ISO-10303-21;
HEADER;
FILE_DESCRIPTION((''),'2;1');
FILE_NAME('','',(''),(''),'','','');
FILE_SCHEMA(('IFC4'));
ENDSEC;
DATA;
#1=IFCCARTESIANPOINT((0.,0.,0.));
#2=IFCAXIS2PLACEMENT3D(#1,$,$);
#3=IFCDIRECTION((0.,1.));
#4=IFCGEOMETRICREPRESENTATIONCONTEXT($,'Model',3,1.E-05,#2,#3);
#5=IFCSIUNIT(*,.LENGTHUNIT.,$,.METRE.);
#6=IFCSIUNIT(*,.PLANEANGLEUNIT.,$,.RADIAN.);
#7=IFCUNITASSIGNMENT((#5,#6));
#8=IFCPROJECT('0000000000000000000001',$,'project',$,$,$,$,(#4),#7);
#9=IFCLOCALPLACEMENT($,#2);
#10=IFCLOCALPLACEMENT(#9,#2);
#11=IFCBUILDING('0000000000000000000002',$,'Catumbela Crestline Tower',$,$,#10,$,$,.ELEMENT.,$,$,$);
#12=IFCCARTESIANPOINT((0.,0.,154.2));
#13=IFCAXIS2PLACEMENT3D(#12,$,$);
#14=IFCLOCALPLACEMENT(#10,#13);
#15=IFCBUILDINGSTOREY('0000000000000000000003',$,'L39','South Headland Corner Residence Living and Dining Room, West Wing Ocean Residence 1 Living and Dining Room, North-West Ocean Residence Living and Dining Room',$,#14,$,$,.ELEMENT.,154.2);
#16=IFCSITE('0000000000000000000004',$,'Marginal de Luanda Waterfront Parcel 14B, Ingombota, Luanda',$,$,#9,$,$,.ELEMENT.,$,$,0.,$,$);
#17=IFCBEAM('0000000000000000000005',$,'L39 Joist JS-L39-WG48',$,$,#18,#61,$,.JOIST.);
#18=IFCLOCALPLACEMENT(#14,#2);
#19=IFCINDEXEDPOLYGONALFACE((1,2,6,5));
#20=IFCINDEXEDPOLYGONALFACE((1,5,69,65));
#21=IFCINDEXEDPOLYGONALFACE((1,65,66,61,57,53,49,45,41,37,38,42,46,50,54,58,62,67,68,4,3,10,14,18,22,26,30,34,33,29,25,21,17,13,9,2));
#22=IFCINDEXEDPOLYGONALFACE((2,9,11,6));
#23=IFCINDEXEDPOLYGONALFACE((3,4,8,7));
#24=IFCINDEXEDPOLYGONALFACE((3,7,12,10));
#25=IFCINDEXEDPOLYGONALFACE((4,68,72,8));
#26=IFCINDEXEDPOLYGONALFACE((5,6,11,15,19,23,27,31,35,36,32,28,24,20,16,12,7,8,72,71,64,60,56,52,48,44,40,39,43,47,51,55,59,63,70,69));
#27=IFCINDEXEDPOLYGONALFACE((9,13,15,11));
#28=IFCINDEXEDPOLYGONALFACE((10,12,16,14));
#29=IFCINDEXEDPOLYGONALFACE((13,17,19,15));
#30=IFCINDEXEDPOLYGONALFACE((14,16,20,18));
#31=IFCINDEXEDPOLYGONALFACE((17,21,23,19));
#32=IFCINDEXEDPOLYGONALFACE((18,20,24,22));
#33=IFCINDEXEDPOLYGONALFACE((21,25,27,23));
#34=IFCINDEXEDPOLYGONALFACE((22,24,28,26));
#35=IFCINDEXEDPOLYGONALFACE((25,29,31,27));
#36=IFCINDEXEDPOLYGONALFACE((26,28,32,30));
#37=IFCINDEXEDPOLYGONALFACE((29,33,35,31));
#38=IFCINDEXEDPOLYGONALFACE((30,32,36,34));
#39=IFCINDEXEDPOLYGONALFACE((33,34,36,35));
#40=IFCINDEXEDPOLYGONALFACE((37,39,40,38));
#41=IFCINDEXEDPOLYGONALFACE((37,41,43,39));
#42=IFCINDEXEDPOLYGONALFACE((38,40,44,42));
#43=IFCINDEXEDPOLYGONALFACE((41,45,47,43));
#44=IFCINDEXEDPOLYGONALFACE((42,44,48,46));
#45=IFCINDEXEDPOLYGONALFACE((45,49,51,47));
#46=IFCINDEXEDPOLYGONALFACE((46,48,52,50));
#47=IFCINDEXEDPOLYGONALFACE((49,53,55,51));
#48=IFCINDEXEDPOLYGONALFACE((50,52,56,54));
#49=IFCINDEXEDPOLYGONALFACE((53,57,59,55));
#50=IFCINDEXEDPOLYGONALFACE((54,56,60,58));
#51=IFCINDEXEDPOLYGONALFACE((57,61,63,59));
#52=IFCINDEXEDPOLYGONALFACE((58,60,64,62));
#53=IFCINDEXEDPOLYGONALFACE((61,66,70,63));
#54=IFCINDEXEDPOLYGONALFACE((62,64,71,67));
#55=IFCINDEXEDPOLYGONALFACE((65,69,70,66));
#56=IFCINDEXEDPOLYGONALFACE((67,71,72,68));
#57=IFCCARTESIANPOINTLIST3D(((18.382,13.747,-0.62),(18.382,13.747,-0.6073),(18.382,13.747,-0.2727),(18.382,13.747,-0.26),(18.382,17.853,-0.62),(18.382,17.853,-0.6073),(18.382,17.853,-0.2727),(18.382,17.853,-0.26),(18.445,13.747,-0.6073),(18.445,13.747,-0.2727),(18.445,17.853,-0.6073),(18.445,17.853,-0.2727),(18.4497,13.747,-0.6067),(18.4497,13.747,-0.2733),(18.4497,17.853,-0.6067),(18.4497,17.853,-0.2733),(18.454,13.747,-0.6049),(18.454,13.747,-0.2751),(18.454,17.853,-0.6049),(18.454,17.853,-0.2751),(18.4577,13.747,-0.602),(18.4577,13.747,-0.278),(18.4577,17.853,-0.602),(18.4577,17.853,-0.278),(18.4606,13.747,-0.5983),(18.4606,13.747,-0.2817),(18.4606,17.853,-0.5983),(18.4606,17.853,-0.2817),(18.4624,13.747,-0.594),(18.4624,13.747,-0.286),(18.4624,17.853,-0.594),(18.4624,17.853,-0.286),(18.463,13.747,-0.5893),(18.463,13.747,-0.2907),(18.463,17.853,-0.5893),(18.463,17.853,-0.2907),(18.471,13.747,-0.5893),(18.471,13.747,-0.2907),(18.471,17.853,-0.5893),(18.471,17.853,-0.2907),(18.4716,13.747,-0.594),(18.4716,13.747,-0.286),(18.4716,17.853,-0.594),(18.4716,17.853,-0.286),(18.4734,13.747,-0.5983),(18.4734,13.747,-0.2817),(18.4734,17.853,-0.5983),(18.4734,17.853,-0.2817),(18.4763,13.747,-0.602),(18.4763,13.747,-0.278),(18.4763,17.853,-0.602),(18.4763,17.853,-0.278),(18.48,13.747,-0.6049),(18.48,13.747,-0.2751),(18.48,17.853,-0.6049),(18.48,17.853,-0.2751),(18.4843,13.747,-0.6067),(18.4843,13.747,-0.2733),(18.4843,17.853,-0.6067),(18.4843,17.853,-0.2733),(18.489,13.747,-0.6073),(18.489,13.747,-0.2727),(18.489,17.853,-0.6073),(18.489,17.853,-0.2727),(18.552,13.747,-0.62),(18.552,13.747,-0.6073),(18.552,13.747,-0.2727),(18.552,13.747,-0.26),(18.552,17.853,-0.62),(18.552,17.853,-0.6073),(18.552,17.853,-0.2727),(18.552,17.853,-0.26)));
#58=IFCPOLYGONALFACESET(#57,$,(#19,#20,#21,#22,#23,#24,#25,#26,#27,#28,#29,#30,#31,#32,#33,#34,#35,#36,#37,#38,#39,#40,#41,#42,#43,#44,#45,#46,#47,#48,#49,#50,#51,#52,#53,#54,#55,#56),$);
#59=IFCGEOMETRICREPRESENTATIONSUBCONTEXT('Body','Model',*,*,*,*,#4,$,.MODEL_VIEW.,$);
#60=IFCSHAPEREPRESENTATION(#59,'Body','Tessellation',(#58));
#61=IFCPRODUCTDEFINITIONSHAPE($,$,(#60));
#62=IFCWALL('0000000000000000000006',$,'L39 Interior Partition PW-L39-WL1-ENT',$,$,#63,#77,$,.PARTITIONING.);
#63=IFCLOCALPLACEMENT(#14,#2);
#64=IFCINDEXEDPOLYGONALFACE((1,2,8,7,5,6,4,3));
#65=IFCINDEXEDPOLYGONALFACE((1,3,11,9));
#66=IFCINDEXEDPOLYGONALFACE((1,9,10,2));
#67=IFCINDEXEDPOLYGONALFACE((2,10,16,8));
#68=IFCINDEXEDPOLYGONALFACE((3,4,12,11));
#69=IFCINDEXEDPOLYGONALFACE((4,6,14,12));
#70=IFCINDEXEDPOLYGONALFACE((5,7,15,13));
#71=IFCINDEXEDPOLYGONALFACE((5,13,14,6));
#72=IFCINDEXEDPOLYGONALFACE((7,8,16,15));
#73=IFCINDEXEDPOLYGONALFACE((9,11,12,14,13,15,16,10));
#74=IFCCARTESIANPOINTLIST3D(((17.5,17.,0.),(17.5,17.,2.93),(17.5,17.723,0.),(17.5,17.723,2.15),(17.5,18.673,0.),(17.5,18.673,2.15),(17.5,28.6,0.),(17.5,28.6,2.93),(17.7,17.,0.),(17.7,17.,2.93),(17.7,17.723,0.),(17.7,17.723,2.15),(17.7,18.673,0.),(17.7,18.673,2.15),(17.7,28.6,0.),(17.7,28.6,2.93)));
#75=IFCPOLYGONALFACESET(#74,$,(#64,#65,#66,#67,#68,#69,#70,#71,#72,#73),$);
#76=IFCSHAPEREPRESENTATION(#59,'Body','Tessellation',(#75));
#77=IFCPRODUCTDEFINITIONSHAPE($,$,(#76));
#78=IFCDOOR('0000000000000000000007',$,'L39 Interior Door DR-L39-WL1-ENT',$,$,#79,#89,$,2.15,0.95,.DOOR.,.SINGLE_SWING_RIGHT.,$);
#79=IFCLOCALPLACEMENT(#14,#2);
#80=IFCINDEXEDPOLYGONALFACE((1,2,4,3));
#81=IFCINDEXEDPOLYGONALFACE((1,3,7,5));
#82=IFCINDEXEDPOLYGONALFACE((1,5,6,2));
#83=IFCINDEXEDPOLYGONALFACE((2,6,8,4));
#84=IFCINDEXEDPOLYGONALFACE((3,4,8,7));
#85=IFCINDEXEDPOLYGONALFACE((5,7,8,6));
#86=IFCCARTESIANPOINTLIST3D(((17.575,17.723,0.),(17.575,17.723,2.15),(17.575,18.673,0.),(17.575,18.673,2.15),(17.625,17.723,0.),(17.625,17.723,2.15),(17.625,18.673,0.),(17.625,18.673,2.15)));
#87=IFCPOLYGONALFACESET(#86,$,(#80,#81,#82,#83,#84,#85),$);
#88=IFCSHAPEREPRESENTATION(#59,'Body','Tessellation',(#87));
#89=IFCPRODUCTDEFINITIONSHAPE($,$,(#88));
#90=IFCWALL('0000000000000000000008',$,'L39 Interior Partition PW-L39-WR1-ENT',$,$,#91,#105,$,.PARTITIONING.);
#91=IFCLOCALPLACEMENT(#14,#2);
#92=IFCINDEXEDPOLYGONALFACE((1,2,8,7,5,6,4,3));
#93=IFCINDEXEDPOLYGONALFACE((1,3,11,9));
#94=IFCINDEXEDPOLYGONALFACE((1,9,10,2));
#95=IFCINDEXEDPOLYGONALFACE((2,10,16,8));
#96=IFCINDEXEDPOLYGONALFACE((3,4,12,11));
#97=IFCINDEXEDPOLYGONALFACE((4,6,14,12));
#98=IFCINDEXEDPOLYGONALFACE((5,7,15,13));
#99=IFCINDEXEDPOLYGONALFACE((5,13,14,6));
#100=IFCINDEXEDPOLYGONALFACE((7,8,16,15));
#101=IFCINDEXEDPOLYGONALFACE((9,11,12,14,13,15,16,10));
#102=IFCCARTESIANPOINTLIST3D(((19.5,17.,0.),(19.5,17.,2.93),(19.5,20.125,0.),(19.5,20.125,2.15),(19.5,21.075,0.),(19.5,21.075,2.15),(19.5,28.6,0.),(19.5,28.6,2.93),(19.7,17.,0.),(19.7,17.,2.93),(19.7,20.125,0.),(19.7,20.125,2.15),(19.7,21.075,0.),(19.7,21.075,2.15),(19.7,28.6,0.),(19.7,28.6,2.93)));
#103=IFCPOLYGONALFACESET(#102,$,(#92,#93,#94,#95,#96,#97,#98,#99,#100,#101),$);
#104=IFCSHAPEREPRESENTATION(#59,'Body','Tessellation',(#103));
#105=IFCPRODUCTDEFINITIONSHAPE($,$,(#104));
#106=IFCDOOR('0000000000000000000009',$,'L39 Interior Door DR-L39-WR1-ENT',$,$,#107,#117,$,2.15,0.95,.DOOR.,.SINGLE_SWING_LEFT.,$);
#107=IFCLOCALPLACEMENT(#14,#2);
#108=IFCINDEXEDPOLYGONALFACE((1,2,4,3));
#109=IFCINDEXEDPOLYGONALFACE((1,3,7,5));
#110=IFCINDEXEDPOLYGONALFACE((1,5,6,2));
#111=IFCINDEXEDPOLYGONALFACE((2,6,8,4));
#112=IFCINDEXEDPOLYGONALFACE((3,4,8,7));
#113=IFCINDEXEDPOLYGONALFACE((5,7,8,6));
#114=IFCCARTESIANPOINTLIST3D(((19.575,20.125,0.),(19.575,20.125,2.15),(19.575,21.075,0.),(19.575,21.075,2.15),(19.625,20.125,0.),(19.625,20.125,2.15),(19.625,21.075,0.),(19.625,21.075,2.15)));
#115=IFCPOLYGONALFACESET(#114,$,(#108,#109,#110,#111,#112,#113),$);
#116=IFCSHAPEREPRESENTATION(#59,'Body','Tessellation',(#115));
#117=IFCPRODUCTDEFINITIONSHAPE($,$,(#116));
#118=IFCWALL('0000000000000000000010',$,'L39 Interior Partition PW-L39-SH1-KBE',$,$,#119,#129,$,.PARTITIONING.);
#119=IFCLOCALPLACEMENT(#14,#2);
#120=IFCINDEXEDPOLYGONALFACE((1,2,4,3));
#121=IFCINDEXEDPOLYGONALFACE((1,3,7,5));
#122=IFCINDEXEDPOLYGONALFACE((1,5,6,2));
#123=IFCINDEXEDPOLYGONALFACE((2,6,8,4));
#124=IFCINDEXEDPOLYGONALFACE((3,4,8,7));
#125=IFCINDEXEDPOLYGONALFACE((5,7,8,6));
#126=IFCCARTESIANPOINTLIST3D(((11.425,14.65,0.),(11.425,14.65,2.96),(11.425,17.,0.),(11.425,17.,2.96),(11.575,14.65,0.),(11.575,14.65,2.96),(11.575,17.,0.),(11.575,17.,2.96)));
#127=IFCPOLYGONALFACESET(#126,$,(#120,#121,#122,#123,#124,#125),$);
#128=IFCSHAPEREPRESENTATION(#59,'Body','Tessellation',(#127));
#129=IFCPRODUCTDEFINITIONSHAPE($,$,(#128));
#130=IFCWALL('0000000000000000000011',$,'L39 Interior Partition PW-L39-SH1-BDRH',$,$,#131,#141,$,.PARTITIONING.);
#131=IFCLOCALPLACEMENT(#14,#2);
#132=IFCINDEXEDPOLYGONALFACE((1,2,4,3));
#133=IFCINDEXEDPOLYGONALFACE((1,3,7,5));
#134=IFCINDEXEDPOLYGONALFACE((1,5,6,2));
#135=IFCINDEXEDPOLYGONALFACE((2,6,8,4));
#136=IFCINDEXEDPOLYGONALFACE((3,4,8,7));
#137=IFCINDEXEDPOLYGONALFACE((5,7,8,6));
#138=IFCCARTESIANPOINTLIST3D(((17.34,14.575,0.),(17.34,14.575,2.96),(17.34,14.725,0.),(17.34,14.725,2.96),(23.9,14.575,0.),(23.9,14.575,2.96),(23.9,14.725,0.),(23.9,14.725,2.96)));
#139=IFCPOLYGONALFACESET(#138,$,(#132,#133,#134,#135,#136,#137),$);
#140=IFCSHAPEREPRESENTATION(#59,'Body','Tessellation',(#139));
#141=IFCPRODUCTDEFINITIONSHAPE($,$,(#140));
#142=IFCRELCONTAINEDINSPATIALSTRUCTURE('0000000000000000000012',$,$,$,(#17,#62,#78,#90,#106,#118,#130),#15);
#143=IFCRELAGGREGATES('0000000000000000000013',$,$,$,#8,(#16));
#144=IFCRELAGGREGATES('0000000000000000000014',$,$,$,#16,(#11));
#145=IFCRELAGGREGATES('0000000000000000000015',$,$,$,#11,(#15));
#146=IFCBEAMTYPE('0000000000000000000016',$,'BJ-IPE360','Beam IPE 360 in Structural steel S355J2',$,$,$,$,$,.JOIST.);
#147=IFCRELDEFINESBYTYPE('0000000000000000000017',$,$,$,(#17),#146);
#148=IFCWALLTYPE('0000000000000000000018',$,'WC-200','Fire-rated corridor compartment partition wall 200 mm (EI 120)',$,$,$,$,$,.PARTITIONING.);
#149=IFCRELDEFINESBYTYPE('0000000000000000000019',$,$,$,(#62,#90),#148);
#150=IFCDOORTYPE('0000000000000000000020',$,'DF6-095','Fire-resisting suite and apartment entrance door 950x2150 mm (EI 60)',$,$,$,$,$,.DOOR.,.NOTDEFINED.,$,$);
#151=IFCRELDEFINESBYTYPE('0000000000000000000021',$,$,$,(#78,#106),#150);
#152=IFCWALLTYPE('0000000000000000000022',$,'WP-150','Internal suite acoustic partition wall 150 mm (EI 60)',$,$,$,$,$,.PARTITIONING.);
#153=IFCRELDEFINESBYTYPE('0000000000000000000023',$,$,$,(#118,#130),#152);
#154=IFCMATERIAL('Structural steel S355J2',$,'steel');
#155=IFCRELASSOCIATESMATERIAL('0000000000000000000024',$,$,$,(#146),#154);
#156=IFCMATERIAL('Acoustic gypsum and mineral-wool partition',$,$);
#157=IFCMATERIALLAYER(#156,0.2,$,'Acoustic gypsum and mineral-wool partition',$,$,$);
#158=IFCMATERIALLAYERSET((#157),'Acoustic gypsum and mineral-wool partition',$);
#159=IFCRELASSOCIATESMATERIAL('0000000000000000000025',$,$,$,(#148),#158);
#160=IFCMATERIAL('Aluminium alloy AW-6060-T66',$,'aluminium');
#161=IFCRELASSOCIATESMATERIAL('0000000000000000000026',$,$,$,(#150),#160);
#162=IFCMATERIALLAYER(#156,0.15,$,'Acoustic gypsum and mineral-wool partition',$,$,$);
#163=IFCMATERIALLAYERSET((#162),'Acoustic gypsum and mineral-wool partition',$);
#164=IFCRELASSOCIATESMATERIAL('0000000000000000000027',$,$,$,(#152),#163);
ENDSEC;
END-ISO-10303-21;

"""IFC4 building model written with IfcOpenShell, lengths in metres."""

from ifc_helpers import new_model, si_unit, direction, frame, frame_2d, origin, origin_2d, place, context, subcontext, project, spatial, rectangle, i_section, extrude, material, layer, layer_set, material_profile, profile_set, type_object, element, fill, save


model = new_model("IFC4")

# Units and contexts
model_context = context("Model", 3, precision=1e-05, world=origin(), true_north=direction((0.0, 1.0)))
body_context = subcontext(model_context, "Body", "Model", "MODEL_VIEW")
ifc_project = project(units=[si_unit("LENGTHUNIT", "METRE"), si_unit("PLANEANGLEUNIT", "RADIAN")], contexts=[model_context])

# Site, building, storey
site_placement = place(None, origin())
site = spatial("IfcSite", under=ifc_project, at=site_placement, Name="Marginal de Luanda Waterfront Parcel 14B, Ingombota, Luanda", CompositionType="ELEMENT", RefElevation=0.0)
building_placement = place(site_placement, origin())
building = spatial("IfcBuilding", under=site, at=building_placement, Name="Catumbela Crestline Tower", CompositionType="ELEMENT")
storey_placement = place(building_placement, frame((0.0, 0.0, 154.2)))
storey = spatial("IfcBuildingStorey", under=building, at=storey_placement, Name="L39", Description="South Headland Corner Residence Living and Dining Room, West Wing Ocean Residence 1 Living and Dining Room, North-West Ocean Residence Living and Dining Room", CompositionType="ELEMENT", Elevation=154.2)

# Shared definitions
ifc_material_1 = material(Name="Structural steel S355J2", Category="steel")

# Beam
ifc_material_profile_1 = material_profile(ifc_material_1, i_section(OverallWidth=0.17, OverallDepth=0.36, WebThickness=0.008, FlangeThickness=0.0127, FilletRadius=0.018, at=origin_2d()), Name="IPE 360")
ifc_profile_set_1 = profile_set([ifc_material_profile_1], Name="Structural steel S355J2")
beam_type_1 = type_object("IfcBeamType", Name="BJ-IPE360", Description="Beam IPE 360 in Structural steel S355J2", PredefinedType="JOIST", material=ifc_profile_set_1)
for number, where, z_axis, x_axis, name in (
    (1, (18.467, 13.747, -0.44), (0.0, 1.0, 0.0), (-1.0, 0.0, 0.0), "L39 Joist JS-L39-WG48"),
):
    element("IfcBeam", number, at=place(storey_placement, frame(where, z_axis=z_axis, x_axis=x_axis)), inside=storey, type_object=beam_type_1, Name=name, PredefinedType="JOIST", context=body_context, shape_type="SweptSolid", body=[
        extrude(i_section(OverallWidth=0.17, OverallDepth=0.36, WebThickness=0.008, FlangeThickness=0.0127, FilletRadius=0.018, at=origin_2d()), origin(), (0.0, 0.0, 1.0), 4.106),
    ])

# Walls, openings, doors
ifc_material_2 = material(Name="Acoustic gypsum and mineral-wool partition")
ifc_layer_1 = layer(ifc_material_2, 0.2, Name="Acoustic gypsum and mineral-wool partition")
ifc_layer_set_1 = layer_set([ifc_layer_1], Name="Acoustic gypsum and mineral-wool partition")
wall_type_1 = type_object("IfcWallType", Name="WC-200", Description="Fire-rated corridor compartment partition wall 200 mm (EI 120)", PredefinedType="PARTITIONING", material=ifc_layer_set_1)
wall_1_placement = place(storey_placement, frame((17.6, 17.0, 0.0), z_axis=(0.0, 0.0, 1.0), x_axis=(0.0, 1.0, 0.0)))
wall_1 = element("IfcWall", 2, at=wall_1_placement, inside=storey, type_object=wall_type_1, Name="L39 Interior Partition PW-L39-WL1-ENT", PredefinedType="PARTITIONING", context=body_context, shape_type="SweptSolid", body=[
    extrude(rectangle(XDim=11.6, YDim=0.2, at=frame_2d((5.8, 0.0))), origin(), (0.0, 0.0, 1.0), 2.93),
])
opening_1_placement = place(wall_1_placement, frame((0.723, 0.0, 0.0)))
opening_1 = element("IfcOpeningElement", 3, at=opening_1_placement, cuts=wall_1, PredefinedType="OPENING", context=body_context, shape_type="SweptSolid", body=[
    extrude(rectangle(XDim=0.95, YDim=2.15, at=frame_2d((0.475, 1.075))), frame((0.0, 0.11, 0.0), z_axis=(0.0, -1.0, 0.0), x_axis=(1.0, 0.0, 0.0)), (0.0, 0.0, 1.0), 0.22),
])
ifc_material_3 = material(Name="Aluminium alloy AW-6060-T66", Category="aluminium")
door_type = type_object("IfcDoorType", Name="DF6-095", Description="Fire-resisting suite and apartment entrance door 950x2150 mm (EI 60)", OperationType="NOTDEFINED", PredefinedType="DOOR", material=ifc_material_3)
door_1_placement = place(opening_1_placement, origin())
door_1 = element("IfcDoor", 4, at=door_1_placement, inside=storey, type_object=door_type, Name="L39 Interior Door DR-L39-WL1-ENT", OperationType="SINGLE_SWING_RIGHT", OverallHeight=2.15, OverallWidth=0.95, PredefinedType="DOOR", context=body_context, shape_type="SweptSolid", body=[
    extrude(rectangle(XDim=0.95, YDim=2.15, at=frame_2d((0.475, 1.075))), frame((0.0, 0.025, 0.0), z_axis=(0.0, -1.0, 0.0), x_axis=(1.0, 0.0, 0.0)), (0.0, 0.0, 1.0), 0.05),
])
fill(opening_1, door_1)
wall_2_placement = place(storey_placement, frame((19.6, 17.0, 0.0), z_axis=(0.0, 0.0, 1.0), x_axis=(0.0, 1.0, 0.0)))
wall_2 = element("IfcWall", 5, at=wall_2_placement, inside=storey, type_object=wall_type_1, Name="L39 Interior Partition PW-L39-WR1-ENT", PredefinedType="PARTITIONING", context=body_context, shape_type="SweptSolid", body=[
    extrude(rectangle(XDim=11.6, YDim=0.2, at=frame_2d((5.8, 0.0))), origin(), (0.0, 0.0, 1.0), 2.93),
])
opening_2_placement = place(wall_2_placement, frame((3.125, 0.0, 0.0)))
opening_2 = element("IfcOpeningElement", 6, at=opening_2_placement, cuts=wall_2, PredefinedType="OPENING", context=body_context, shape_type="SweptSolid", body=[
    extrude(rectangle(XDim=0.95, YDim=2.15, at=frame_2d((0.475, 1.075))), frame((0.0, 0.11, 0.0), z_axis=(0.0, -1.0, 0.0), x_axis=(1.0, 0.0, 0.0)), (0.0, 0.0, 1.0), 0.22),
])
door_2_placement = place(opening_2_placement, origin())
door_2 = element("IfcDoor", 7, at=door_2_placement, inside=storey, type_object=door_type, Name="L39 Interior Door DR-L39-WR1-ENT", OperationType="SINGLE_SWING_LEFT", OverallHeight=2.15, OverallWidth=0.95, PredefinedType="DOOR", context=body_context, shape_type="SweptSolid", body=[
    extrude(rectangle(XDim=0.95, YDim=2.15, at=frame_2d((0.475, 1.075))), frame((0.0, 0.025, 0.0), z_axis=(0.0, -1.0, 0.0), x_axis=(1.0, 0.0, 0.0)), (0.0, 0.0, 1.0), 0.05),
])
fill(opening_2, door_2)

# Walls
ifc_layer_2 = layer(ifc_material_2, 0.15, Name="Acoustic gypsum and mineral-wool partition")
ifc_layer_set_2 = layer_set([ifc_layer_2], Name="Acoustic gypsum and mineral-wool partition")
wall_type_2 = type_object("IfcWallType", Name="WP-150", Description="Internal suite acoustic partition wall 150 mm (EI 60)", PredefinedType="PARTITIONING", material=ifc_layer_set_2)
wall_3_placement = place(storey_placement, frame((11.5, 14.65, 0.0), z_axis=(0.0, 0.0, 1.0), x_axis=(0.0, 1.0, 0.0)))
element("IfcWall", 8, at=wall_3_placement, inside=storey, type_object=wall_type_2, Name="L39 Interior Partition PW-L39-SH1-KBE", PredefinedType="PARTITIONING", context=body_context, shape_type="SweptSolid", body=[
    extrude(rectangle(XDim=2.35, YDim=0.15, at=frame_2d((1.175, 0.0))), origin(), (0.0, 0.0, 1.0), 2.96),
])
wall_4_placement = place(storey_placement, frame((17.34, 14.65, 0.0), z_axis=(0.0, 0.0, 1.0), x_axis=(1.0, 0.0, 0.0)))
element("IfcWall", 9, at=wall_4_placement, inside=storey, type_object=wall_type_2, Name="L39 Interior Partition PW-L39-SH1-BDRH", PredefinedType="PARTITIONING", context=body_context, shape_type="SweptSolid", body=[
    extrude(rectangle(XDim=6.56, YDim=0.15, at=frame_2d((3.28, 0.0))), origin(), (0.0, 0.0, 1.0), 2.96),
])

save(model, "model.ifc")
